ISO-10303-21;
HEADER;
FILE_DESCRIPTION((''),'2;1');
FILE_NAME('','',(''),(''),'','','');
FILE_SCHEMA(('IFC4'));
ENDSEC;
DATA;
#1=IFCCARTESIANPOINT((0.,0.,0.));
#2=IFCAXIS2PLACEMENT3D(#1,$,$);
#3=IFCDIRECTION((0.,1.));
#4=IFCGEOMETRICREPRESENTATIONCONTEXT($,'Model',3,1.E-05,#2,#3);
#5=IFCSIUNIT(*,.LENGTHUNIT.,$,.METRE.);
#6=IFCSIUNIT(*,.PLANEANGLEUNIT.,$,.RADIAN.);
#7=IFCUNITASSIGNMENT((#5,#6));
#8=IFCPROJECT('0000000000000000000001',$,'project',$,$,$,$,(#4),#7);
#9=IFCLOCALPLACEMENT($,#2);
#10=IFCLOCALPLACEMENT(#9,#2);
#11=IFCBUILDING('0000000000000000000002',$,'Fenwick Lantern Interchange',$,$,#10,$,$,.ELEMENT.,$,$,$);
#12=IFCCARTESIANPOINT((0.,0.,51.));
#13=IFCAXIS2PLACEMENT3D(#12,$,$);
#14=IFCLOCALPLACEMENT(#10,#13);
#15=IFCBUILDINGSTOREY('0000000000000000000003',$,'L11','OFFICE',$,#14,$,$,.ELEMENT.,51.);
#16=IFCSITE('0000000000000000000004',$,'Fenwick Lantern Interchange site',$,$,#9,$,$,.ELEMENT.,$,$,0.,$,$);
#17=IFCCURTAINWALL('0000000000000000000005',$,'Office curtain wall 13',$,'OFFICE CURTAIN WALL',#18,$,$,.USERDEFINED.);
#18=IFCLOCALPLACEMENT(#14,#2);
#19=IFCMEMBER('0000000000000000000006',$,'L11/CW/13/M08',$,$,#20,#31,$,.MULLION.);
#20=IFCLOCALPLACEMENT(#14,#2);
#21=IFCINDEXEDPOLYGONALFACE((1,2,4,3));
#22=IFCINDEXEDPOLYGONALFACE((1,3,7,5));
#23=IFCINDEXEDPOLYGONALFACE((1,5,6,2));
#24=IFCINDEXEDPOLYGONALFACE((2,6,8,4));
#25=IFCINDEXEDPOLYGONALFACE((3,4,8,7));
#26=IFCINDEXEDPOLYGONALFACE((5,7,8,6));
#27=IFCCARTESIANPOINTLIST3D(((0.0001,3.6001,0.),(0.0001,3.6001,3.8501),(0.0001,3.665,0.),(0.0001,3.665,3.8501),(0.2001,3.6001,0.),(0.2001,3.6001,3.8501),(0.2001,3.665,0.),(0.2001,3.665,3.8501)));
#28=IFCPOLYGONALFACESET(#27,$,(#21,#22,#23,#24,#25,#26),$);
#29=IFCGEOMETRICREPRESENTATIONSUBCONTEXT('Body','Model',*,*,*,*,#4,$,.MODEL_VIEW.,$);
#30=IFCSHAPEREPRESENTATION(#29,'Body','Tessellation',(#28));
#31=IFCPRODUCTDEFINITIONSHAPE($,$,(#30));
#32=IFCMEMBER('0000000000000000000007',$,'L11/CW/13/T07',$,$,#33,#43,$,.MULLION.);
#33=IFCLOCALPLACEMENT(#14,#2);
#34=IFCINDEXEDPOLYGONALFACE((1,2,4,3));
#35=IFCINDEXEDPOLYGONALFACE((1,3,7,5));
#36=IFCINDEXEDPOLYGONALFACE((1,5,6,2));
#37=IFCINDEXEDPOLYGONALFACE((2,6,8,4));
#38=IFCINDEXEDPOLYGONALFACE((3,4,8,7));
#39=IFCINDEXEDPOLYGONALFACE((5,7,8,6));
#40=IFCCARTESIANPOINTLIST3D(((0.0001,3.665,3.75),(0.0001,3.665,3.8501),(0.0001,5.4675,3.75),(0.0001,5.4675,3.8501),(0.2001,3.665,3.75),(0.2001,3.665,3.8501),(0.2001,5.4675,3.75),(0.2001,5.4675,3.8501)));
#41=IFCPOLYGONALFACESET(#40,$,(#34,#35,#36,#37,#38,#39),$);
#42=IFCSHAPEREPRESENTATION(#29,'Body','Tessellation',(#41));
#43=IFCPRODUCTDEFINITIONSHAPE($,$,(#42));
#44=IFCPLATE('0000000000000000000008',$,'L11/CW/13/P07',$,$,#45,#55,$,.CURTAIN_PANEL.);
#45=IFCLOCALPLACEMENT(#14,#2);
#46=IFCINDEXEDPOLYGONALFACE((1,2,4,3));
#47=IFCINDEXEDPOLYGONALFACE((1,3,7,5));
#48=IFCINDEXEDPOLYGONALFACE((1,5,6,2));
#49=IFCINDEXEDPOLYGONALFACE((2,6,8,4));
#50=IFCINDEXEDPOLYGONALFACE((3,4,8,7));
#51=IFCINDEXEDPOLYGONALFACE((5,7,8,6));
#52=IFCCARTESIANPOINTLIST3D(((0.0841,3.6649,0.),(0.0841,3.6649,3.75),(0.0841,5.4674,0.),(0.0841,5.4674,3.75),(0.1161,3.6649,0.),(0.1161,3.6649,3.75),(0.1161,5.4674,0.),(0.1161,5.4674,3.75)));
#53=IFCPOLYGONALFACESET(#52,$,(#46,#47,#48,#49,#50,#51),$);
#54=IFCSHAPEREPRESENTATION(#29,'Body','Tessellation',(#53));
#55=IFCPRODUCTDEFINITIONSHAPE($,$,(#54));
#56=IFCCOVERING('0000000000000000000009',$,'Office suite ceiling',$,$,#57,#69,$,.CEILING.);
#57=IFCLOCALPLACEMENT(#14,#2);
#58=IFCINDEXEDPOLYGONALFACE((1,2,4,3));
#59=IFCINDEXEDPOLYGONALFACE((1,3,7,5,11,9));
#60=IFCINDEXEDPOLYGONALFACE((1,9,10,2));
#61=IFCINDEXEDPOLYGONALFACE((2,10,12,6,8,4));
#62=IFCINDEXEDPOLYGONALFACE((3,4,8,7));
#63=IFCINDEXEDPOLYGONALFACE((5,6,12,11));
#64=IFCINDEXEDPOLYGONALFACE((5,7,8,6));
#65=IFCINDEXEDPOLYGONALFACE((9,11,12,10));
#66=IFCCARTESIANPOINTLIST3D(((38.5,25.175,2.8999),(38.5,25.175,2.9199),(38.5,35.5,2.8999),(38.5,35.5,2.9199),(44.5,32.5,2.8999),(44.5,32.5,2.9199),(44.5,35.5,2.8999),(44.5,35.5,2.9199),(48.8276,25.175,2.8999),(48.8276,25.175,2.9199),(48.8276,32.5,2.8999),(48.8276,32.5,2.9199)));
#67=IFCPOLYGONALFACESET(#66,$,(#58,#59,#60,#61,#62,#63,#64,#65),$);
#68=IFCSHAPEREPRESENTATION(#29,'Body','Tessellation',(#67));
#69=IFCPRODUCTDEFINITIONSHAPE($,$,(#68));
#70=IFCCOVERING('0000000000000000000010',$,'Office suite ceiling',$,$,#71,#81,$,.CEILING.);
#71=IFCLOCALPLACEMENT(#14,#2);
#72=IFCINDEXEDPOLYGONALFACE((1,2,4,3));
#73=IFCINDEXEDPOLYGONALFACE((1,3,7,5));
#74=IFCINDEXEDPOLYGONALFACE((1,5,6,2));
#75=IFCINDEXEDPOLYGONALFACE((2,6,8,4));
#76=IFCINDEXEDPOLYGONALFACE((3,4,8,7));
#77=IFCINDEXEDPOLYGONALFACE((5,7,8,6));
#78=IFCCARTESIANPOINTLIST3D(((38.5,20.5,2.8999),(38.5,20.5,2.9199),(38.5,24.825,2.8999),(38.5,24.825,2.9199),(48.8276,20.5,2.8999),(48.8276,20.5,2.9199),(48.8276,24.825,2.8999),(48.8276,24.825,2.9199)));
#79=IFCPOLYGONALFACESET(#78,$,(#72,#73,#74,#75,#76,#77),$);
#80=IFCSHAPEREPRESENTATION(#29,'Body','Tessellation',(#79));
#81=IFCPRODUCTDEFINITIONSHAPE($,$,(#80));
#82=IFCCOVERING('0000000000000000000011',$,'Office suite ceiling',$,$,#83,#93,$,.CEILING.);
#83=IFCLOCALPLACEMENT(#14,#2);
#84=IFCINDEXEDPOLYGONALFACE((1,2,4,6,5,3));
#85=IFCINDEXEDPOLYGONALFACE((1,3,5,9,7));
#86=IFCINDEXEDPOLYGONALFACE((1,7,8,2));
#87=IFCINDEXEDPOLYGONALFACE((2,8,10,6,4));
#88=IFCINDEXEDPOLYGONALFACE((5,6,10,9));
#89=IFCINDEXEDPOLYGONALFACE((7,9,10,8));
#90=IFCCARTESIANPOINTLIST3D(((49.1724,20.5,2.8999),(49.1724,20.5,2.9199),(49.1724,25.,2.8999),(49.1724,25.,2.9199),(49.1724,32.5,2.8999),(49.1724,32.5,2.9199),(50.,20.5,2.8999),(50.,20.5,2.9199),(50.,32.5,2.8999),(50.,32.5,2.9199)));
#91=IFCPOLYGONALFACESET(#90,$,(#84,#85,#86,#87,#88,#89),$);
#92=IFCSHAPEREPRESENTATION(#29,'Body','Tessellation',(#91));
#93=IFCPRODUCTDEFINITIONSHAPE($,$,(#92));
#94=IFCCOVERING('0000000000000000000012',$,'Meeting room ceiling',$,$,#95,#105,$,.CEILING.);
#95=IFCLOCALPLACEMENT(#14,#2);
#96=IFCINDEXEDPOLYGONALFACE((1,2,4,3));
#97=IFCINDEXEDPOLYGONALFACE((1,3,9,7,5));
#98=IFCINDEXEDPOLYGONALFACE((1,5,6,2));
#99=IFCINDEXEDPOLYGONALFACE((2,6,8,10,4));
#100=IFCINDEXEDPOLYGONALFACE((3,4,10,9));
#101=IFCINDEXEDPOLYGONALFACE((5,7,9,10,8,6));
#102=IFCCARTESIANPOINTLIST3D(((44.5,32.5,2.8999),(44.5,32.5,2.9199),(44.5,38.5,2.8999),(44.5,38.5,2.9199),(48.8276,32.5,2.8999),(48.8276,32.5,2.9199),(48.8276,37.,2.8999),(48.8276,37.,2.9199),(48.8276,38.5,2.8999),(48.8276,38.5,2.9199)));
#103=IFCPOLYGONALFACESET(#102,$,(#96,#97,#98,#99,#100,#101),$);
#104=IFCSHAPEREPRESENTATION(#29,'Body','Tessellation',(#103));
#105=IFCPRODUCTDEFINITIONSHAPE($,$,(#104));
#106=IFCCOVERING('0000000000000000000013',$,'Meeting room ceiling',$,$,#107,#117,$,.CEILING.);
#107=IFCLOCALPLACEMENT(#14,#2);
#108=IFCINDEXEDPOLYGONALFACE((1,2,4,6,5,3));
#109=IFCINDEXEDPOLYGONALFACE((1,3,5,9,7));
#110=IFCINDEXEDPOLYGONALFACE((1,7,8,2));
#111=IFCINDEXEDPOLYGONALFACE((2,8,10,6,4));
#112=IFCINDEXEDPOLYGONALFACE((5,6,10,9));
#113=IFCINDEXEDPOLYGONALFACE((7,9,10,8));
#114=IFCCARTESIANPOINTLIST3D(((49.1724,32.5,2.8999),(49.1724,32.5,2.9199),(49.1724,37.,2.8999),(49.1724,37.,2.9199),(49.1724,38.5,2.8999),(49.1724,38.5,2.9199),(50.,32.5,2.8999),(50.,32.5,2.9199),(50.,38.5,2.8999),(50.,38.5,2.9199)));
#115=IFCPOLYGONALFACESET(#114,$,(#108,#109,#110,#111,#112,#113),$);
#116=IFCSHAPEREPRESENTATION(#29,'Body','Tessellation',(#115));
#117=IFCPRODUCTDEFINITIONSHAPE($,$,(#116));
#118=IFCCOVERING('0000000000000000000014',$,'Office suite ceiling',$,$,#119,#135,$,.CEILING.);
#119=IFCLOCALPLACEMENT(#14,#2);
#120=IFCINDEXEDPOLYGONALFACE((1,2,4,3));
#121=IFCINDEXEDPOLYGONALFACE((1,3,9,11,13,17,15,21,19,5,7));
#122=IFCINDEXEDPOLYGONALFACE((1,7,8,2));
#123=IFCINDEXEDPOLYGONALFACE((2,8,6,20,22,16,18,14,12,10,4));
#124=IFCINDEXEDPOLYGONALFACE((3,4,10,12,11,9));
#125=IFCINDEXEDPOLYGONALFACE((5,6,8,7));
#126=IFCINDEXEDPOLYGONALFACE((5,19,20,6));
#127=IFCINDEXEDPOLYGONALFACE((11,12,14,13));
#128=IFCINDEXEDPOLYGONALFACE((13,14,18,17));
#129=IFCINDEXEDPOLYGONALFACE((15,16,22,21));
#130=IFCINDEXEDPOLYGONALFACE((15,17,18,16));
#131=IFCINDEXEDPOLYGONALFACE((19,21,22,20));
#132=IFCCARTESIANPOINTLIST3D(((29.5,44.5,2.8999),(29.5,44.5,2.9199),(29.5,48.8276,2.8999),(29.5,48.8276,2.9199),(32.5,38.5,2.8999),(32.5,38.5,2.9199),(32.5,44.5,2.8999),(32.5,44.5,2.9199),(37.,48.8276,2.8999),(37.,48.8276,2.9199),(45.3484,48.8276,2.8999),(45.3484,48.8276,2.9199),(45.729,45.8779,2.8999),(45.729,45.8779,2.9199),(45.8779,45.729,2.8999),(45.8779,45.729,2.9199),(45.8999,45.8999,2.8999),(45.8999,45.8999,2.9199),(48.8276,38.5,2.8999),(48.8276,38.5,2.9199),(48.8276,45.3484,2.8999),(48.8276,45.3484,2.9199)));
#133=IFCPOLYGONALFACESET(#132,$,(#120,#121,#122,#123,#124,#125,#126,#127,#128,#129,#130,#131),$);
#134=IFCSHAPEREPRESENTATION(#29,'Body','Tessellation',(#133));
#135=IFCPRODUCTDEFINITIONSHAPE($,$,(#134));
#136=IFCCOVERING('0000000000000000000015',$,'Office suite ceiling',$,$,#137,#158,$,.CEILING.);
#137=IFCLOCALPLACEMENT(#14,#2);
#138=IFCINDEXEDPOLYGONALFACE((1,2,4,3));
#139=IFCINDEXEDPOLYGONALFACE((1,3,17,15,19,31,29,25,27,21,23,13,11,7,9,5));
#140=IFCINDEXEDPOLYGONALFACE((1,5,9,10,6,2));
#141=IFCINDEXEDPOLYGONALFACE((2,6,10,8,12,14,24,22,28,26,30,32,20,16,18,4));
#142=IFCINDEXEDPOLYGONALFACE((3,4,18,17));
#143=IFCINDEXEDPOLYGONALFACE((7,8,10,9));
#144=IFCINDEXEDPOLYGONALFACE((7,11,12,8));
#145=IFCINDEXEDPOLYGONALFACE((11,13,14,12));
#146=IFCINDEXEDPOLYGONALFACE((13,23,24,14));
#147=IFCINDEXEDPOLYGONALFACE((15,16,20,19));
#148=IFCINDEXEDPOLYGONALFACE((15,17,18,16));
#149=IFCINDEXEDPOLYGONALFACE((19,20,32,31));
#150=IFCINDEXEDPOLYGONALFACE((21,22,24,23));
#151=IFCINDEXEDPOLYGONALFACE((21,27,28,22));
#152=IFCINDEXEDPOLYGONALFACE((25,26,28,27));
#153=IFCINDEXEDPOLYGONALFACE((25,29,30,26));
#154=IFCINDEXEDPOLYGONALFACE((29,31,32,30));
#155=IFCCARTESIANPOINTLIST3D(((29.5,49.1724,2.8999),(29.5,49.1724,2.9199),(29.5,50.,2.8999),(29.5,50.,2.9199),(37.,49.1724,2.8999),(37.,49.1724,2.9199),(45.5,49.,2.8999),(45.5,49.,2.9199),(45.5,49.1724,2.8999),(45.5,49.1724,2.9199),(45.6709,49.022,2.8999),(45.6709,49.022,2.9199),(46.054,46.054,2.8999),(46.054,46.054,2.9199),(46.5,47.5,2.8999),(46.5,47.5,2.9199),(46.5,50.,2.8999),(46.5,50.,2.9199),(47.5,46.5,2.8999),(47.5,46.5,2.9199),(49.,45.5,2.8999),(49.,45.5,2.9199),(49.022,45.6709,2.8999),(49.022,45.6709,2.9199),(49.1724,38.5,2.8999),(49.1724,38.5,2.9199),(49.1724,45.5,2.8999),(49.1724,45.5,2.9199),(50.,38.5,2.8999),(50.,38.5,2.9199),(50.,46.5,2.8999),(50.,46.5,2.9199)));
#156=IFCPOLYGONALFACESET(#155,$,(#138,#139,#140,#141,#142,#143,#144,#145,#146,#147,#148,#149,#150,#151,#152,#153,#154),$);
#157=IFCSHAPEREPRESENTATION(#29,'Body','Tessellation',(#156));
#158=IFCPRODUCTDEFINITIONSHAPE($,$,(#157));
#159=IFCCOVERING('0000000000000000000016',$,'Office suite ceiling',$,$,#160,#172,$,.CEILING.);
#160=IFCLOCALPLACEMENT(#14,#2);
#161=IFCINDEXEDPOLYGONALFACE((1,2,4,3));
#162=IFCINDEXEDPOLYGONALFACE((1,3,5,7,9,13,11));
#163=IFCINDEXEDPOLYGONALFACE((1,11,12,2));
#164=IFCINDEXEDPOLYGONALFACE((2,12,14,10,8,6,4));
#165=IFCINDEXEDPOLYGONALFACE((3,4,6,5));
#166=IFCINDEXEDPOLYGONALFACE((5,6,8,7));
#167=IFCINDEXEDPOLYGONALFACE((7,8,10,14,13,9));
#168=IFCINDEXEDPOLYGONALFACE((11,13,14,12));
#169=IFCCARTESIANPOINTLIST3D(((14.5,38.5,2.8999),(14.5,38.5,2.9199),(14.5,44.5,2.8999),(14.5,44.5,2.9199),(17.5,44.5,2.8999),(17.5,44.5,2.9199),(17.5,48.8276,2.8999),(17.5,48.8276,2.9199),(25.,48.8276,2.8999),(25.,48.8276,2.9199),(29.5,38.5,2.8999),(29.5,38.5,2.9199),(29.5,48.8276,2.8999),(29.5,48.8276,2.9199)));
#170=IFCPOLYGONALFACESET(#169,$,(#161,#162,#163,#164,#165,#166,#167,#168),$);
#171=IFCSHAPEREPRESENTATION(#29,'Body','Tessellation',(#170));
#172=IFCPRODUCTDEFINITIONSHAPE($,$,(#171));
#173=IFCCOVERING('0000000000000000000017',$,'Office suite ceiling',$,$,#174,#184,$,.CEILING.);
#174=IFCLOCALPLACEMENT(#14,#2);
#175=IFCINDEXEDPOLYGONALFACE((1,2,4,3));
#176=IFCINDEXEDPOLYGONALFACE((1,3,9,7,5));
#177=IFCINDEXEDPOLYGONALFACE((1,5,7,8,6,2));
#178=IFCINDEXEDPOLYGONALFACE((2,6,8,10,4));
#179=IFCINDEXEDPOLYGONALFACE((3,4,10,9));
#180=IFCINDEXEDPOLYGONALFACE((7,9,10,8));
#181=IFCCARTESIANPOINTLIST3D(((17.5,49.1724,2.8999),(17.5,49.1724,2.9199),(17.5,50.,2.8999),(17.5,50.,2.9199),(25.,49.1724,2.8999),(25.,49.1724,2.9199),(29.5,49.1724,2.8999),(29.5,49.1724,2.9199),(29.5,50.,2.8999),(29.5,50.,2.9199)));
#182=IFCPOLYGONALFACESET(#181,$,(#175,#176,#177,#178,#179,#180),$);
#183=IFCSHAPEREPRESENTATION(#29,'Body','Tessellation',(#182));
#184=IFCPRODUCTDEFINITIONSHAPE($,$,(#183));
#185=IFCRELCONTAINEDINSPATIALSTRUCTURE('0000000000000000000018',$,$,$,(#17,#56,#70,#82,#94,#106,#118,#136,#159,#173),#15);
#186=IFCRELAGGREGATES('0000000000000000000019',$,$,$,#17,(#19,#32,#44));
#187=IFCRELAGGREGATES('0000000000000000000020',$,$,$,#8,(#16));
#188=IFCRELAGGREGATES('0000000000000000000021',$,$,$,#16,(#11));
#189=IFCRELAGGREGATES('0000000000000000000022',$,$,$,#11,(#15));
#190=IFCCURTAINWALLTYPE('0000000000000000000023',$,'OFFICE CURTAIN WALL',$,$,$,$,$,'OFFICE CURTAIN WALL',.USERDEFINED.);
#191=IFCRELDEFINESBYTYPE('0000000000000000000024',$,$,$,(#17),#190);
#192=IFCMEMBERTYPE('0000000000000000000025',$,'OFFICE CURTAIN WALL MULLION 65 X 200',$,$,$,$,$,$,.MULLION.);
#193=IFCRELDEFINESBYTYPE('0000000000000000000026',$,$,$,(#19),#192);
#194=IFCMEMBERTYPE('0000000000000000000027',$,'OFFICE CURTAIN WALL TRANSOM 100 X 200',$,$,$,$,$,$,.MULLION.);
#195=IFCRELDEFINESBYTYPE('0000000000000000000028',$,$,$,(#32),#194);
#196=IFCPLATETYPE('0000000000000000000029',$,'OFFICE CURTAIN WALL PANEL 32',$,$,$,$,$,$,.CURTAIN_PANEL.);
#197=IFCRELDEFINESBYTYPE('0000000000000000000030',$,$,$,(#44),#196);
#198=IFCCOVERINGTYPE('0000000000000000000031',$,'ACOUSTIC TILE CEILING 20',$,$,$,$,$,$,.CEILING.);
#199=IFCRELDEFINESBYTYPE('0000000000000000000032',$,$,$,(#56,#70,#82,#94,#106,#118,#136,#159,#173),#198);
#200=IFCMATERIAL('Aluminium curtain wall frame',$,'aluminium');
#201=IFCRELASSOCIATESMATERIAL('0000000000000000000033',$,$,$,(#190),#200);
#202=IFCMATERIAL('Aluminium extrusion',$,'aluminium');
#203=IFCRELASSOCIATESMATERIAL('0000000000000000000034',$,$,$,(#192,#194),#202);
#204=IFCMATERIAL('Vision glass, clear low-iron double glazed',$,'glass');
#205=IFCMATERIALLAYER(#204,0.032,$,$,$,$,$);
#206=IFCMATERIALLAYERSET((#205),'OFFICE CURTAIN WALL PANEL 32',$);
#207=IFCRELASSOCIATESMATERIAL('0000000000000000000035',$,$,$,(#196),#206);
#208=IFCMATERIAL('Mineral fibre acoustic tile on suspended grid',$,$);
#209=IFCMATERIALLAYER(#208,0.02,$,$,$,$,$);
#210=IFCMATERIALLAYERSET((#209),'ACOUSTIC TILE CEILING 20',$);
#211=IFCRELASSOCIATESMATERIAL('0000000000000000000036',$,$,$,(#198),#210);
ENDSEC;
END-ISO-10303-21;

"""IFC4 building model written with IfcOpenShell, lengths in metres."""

from ifc_helpers import new_model, si_unit, direction, frame, origin, origin_2d, place, context, subcontext, project, spatial, polyline, rectangle, outline, extrude, material, layer, layer_set, material_profile, profile_set, type_object, element, aggregate, save


model = new_model("IFC4")

# Units and contexts
model_context = context("Model", 3, precision=1e-05, world=origin(), true_north=direction((0.0, 1.0)))
body_context = subcontext(model_context, "Body", "Model", "MODEL_VIEW")
ifc_project = project(units=[si_unit("LENGTHUNIT", "METRE"), si_unit("PLANEANGLEUNIT", "RADIAN")], contexts=[model_context])

# Site, building, storey
site_placement = place(None, origin())
site = spatial("IfcSite", under=ifc_project, at=site_placement, Name="Fenwick Lantern Interchange site", CompositionType="ELEMENT", RefElevation=0.0)
building_placement = place(site_placement, origin())
building = spatial("IfcBuilding", under=site, at=building_placement, Name="Fenwick Lantern Interchange", CompositionType="ELEMENT")
storey_placement = place(building_placement, frame((0.0, 0.0, 51.0)))
storey = spatial("IfcBuildingStorey", under=building, at=storey_placement, Name="L11", Description="OFFICE", CompositionType="ELEMENT", Elevation=51.0)

# Curtain wall, members, plate
ifc_material_1 = material(Name="Aluminium curtain wall frame", Category="aluminium")
curtain_wall_type = type_object("IfcCurtainWallType", Name="OFFICE CURTAIN WALL", ElementType="OFFICE CURTAIN WALL", PredefinedType="USERDEFINED", material=ifc_material_1)
curtain_wall_placement = place(storey_placement, origin())
curtain_wall = element("IfcCurtainWall", 1, at=curtain_wall_placement, inside=storey, type_object=curtain_wall_type, Name="Office curtain wall 13", ObjectType="OFFICE CURTAIN WALL", PredefinedType="USERDEFINED")
ifc_material_2 = material(Name="Aluminium extrusion", Category="aluminium")
ifc_material_profile_1 = material_profile(ifc_material_2, rectangle(XDim=0.2, YDim=0.0649, at=origin_2d()), Name="OFFICE CURTAIN WALL MULLION 65 X 200")
ifc_profile_set_1 = profile_set([ifc_material_profile_1], Name="Aluminium extrusion")
member_type_1 = type_object("IfcMemberType", Name="OFFICE CURTAIN WALL MULLION 65 X 200", PredefinedType="MULLION", material=ifc_profile_set_1)
member_1_placement = place(storey_placement, frame((0.1001, 3.6326, 0.0), z_axis=(0.0, 0.0, 1.0), x_axis=(1.0, 0.0, 0.0)))
member_1 = element("IfcMember", 2, at=member_1_placement, type_object=member_type_1, Name="L11/CW/13/M08", PredefinedType="MULLION", context=body_context, shape_type="SweptSolid", body=[
    extrude(rectangle(XDim=0.2, YDim=0.0649, at=origin_2d()), origin(), (0.0, 0.0, 1.0), 3.8501),
])
ifc_material_profile_2 = material_profile(ifc_material_2, rectangle(XDim=0.2, YDim=0.1001, at=origin_2d()), Name="OFFICE CURTAIN WALL TRANSOM 100 X 200")
ifc_profile_set_2 = profile_set([ifc_material_profile_2], Name="Aluminium extrusion")
member_type_2 = type_object("IfcMemberType", Name="OFFICE CURTAIN WALL TRANSOM 100 X 200", PredefinedType="MULLION", material=ifc_profile_set_2)
member_2_placement = place(storey_placement, frame((0.1001, 5.4675, 3.8), z_axis=(0.0, -1.0, 0.0), x_axis=(1.0, 0.0, 0.0)))
member_2 = element("IfcMember", 3, at=member_2_placement, type_object=member_type_2, Name="L11/CW/13/T07", PredefinedType="MULLION", context=body_context, shape_type="SweptSolid", body=[
    extrude(rectangle(XDim=0.2, YDim=0.1001, at=origin_2d()), origin(), (0.0, 0.0, 1.0), 1.8025),
])
ifc_material_3 = material(Name="Vision glass, clear low-iron double glazed", Category="glass")
ifc_layer_1 = layer(ifc_material_3, 0.032)
ifc_layer_set_1 = layer_set([ifc_layer_1], Name="OFFICE CURTAIN WALL PANEL 32")
plate_type = type_object("IfcPlateType", Name="OFFICE CURTAIN WALL PANEL 32", PredefinedType="CURTAIN_PANEL", material=ifc_layer_set_1)
plate_placement = place(storey_placement, frame((0.1001, 4.5662, 0.0), z_axis=(0.0, 0.0, 1.0), x_axis=(0.0, -1.0, 0.0)))
plate = element("IfcPlate", 4, at=plate_placement, type_object=plate_type, Name="L11/CW/13/P07", PredefinedType="CURTAIN_PANEL", context=body_context, shape_type="SweptSolid", body=[
    extrude(rectangle(XDim=1.8025, YDim=0.032, at=origin_2d()), origin(), (0.0, 0.0, 1.0), 3.75),
])
aggregate(curtain_wall, [member_1, member_2, plate])

# Coverings
ifc_material_4 = material(Name="Mineral fibre acoustic tile on suspended grid")
ifc_layer_2 = layer(ifc_material_4, 0.02)
ifc_layer_set_2 = layer_set([ifc_layer_2], Name="ACOUSTIC TILE CEILING 20")
covering_type_1 = type_object("IfcCoveringType", Name="ACOUSTIC TILE CEILING 20", PredefinedType="CEILING", material=ifc_layer_set_2)
covering_1_placement = place(storey_placement, frame((0.0, 0.0, 2.8999)))
element("IfcCovering", 5, at=covering_1_placement, inside=storey, type_object=covering_type_1, Name="Office suite ceiling", PredefinedType="CEILING", context=body_context, shape_type="SweptSolid", body=[
    extrude(outline(polyline([(38.5, 35.5), (38.5, 25.175), (48.8276, 25.175), (48.8276, 32.5), (44.5, 32.5), (44.5, 35.5), (38.5, 35.5)])), origin(), (0.0, 0.0, 1.0), 0.02),
])
covering_2_placement = place(storey_placement, frame((0.0, 0.0, 2.8999)))
element("IfcCovering", 6, at=covering_2_placement, inside=storey, type_object=covering_type_1, Name="Office suite ceiling", PredefinedType="CEILING", context=body_context, shape_type="SweptSolid", body=[
    extrude(outline(polyline([(38.5, 20.5), (48.8276, 20.5), (48.8276, 24.825), (38.5, 24.825), (38.5, 20.5)])), origin(), (0.0, 0.0, 1.0), 0.02),
])
covering_3_placement = place(storey_placement, frame((0.0, 0.0, 2.8999)))
element("IfcCovering", 7, at=covering_3_placement, inside=storey, type_object=covering_type_1, Name="Office suite ceiling", PredefinedType="CEILING", context=body_context, shape_type="SweptSolid", body=[
    extrude(outline(polyline([(49.1724, 20.5), (50.0, 20.5), (50.0, 32.5), (49.1724, 32.5), (49.1724, 25.0), (49.1724, 20.5)])), origin(), (0.0, 0.0, 1.0), 0.02),
])
covering_4_placement = place(storey_placement, frame((0.0, 0.0, 2.8999)))
element("IfcCovering", 8, at=covering_4_placement, inside=storey, type_object=covering_type_1, Name="Meeting room ceiling", PredefinedType="CEILING", context=body_context, shape_type="SweptSolid", body=[
    extrude(outline(polyline([(44.5, 32.5), (48.8276, 32.5), (48.8276, 37.0), (48.8276, 38.5), (44.5, 38.5), (44.5, 32.5)])), origin(), (0.0, 0.0, 1.0), 0.02),
])
covering_5_placement = place(storey_placement, frame((0.0, 0.0, 2.8999)))
element("IfcCovering", 9, at=covering_5_placement, inside=storey, type_object=covering_type_1, Name="Meeting room ceiling", PredefinedType="CEILING", context=body_context, shape_type="SweptSolid", body=[
    extrude(outline(polyline([(50.0, 38.5), (49.1724, 38.5), (49.1724, 37.0), (49.1724, 32.5), (50.0, 32.5), (50.0, 38.5)])), origin(), (0.0, 0.0, 1.0), 0.02),
])
covering_6_placement = place(storey_placement, frame((0.0, 0.0, 2.8999)))
element("IfcCovering", 10, at=covering_6_placement, inside=storey, type_object=covering_type_1, Name="Office suite ceiling", PredefinedType="CEILING", context=body_context, shape_type="SweptSolid", body=[
    extrude(outline(polyline([(29.5, 48.8276), (29.5, 44.5), (32.5, 44.5), (32.5, 38.5), (48.8276, 38.5), (48.8276, 45.3484), (45.8779, 45.729), (45.8999, 45.8999), (45.729, 45.8779), (45.3484, 48.8276), (37.0, 48.8276), (29.5, 48.8276)])), origin(), (0.0, 0.0, 1.0), 0.02),
])
covering_7_placement = place(storey_placement, frame((0.0, 0.0, 2.8999)))
element("IfcCovering", 11, at=covering_7_placement, inside=storey, type_object=covering_type_1, Name="Office suite ceiling", PredefinedType="CEILING", context=body_context, shape_type="SweptSolid", body=[
    extrude(outline(polyline([(29.5, 50.0), (29.5, 49.1724), (37.0, 49.1724), (45.5, 49.1724), (45.5, 49.0), (45.6709, 49.022), (46.054, 46.054), (49.022, 45.6709), (49.0, 45.5), (49.1724, 45.5), (49.1724, 38.5), (50.0, 38.5), (50.0, 46.5), (47.5, 46.5), (46.5, 47.5), (46.5, 50.0), (29.5, 50.0)])), origin(), (0.0, 0.0, 1.0), 0.02),
])
covering_8_placement = place(storey_placement, frame((0.0, 0.0, 2.8999)))
element("IfcCovering", 12, at=covering_8_placement, inside=storey, type_object=covering_type_1, Name="Office suite ceiling", PredefinedType="CEILING", context=body_context, shape_type="SweptSolid", body=[
    extrude(outline(polyline([(29.5, 38.5), (29.5, 48.8276), (25.0, 48.8276), (17.5, 48.8276), (17.5, 44.5), (14.5, 44.5), (14.5, 38.5), (29.5, 38.5)])), origin(), (0.0, 0.0, 1.0), 0.02),
])
covering_9_placement = place(storey_placement, frame((0.0, 0.0, 2.8999)))
element("IfcCovering", 13, at=covering_9_placement, inside=storey, type_object=covering_type_1, Name="Office suite ceiling", PredefinedType="CEILING", context=body_context, shape_type="SweptSolid", body=[
    extrude(outline(polyline([(29.5, 49.1724), (29.5, 50.0), (17.5, 50.0), (17.5, 49.1724), (25.0, 49.1724), (29.5, 49.1724)])), origin(), (0.0, 0.0, 1.0), 0.02),
])

save(model, "model.ifc")
